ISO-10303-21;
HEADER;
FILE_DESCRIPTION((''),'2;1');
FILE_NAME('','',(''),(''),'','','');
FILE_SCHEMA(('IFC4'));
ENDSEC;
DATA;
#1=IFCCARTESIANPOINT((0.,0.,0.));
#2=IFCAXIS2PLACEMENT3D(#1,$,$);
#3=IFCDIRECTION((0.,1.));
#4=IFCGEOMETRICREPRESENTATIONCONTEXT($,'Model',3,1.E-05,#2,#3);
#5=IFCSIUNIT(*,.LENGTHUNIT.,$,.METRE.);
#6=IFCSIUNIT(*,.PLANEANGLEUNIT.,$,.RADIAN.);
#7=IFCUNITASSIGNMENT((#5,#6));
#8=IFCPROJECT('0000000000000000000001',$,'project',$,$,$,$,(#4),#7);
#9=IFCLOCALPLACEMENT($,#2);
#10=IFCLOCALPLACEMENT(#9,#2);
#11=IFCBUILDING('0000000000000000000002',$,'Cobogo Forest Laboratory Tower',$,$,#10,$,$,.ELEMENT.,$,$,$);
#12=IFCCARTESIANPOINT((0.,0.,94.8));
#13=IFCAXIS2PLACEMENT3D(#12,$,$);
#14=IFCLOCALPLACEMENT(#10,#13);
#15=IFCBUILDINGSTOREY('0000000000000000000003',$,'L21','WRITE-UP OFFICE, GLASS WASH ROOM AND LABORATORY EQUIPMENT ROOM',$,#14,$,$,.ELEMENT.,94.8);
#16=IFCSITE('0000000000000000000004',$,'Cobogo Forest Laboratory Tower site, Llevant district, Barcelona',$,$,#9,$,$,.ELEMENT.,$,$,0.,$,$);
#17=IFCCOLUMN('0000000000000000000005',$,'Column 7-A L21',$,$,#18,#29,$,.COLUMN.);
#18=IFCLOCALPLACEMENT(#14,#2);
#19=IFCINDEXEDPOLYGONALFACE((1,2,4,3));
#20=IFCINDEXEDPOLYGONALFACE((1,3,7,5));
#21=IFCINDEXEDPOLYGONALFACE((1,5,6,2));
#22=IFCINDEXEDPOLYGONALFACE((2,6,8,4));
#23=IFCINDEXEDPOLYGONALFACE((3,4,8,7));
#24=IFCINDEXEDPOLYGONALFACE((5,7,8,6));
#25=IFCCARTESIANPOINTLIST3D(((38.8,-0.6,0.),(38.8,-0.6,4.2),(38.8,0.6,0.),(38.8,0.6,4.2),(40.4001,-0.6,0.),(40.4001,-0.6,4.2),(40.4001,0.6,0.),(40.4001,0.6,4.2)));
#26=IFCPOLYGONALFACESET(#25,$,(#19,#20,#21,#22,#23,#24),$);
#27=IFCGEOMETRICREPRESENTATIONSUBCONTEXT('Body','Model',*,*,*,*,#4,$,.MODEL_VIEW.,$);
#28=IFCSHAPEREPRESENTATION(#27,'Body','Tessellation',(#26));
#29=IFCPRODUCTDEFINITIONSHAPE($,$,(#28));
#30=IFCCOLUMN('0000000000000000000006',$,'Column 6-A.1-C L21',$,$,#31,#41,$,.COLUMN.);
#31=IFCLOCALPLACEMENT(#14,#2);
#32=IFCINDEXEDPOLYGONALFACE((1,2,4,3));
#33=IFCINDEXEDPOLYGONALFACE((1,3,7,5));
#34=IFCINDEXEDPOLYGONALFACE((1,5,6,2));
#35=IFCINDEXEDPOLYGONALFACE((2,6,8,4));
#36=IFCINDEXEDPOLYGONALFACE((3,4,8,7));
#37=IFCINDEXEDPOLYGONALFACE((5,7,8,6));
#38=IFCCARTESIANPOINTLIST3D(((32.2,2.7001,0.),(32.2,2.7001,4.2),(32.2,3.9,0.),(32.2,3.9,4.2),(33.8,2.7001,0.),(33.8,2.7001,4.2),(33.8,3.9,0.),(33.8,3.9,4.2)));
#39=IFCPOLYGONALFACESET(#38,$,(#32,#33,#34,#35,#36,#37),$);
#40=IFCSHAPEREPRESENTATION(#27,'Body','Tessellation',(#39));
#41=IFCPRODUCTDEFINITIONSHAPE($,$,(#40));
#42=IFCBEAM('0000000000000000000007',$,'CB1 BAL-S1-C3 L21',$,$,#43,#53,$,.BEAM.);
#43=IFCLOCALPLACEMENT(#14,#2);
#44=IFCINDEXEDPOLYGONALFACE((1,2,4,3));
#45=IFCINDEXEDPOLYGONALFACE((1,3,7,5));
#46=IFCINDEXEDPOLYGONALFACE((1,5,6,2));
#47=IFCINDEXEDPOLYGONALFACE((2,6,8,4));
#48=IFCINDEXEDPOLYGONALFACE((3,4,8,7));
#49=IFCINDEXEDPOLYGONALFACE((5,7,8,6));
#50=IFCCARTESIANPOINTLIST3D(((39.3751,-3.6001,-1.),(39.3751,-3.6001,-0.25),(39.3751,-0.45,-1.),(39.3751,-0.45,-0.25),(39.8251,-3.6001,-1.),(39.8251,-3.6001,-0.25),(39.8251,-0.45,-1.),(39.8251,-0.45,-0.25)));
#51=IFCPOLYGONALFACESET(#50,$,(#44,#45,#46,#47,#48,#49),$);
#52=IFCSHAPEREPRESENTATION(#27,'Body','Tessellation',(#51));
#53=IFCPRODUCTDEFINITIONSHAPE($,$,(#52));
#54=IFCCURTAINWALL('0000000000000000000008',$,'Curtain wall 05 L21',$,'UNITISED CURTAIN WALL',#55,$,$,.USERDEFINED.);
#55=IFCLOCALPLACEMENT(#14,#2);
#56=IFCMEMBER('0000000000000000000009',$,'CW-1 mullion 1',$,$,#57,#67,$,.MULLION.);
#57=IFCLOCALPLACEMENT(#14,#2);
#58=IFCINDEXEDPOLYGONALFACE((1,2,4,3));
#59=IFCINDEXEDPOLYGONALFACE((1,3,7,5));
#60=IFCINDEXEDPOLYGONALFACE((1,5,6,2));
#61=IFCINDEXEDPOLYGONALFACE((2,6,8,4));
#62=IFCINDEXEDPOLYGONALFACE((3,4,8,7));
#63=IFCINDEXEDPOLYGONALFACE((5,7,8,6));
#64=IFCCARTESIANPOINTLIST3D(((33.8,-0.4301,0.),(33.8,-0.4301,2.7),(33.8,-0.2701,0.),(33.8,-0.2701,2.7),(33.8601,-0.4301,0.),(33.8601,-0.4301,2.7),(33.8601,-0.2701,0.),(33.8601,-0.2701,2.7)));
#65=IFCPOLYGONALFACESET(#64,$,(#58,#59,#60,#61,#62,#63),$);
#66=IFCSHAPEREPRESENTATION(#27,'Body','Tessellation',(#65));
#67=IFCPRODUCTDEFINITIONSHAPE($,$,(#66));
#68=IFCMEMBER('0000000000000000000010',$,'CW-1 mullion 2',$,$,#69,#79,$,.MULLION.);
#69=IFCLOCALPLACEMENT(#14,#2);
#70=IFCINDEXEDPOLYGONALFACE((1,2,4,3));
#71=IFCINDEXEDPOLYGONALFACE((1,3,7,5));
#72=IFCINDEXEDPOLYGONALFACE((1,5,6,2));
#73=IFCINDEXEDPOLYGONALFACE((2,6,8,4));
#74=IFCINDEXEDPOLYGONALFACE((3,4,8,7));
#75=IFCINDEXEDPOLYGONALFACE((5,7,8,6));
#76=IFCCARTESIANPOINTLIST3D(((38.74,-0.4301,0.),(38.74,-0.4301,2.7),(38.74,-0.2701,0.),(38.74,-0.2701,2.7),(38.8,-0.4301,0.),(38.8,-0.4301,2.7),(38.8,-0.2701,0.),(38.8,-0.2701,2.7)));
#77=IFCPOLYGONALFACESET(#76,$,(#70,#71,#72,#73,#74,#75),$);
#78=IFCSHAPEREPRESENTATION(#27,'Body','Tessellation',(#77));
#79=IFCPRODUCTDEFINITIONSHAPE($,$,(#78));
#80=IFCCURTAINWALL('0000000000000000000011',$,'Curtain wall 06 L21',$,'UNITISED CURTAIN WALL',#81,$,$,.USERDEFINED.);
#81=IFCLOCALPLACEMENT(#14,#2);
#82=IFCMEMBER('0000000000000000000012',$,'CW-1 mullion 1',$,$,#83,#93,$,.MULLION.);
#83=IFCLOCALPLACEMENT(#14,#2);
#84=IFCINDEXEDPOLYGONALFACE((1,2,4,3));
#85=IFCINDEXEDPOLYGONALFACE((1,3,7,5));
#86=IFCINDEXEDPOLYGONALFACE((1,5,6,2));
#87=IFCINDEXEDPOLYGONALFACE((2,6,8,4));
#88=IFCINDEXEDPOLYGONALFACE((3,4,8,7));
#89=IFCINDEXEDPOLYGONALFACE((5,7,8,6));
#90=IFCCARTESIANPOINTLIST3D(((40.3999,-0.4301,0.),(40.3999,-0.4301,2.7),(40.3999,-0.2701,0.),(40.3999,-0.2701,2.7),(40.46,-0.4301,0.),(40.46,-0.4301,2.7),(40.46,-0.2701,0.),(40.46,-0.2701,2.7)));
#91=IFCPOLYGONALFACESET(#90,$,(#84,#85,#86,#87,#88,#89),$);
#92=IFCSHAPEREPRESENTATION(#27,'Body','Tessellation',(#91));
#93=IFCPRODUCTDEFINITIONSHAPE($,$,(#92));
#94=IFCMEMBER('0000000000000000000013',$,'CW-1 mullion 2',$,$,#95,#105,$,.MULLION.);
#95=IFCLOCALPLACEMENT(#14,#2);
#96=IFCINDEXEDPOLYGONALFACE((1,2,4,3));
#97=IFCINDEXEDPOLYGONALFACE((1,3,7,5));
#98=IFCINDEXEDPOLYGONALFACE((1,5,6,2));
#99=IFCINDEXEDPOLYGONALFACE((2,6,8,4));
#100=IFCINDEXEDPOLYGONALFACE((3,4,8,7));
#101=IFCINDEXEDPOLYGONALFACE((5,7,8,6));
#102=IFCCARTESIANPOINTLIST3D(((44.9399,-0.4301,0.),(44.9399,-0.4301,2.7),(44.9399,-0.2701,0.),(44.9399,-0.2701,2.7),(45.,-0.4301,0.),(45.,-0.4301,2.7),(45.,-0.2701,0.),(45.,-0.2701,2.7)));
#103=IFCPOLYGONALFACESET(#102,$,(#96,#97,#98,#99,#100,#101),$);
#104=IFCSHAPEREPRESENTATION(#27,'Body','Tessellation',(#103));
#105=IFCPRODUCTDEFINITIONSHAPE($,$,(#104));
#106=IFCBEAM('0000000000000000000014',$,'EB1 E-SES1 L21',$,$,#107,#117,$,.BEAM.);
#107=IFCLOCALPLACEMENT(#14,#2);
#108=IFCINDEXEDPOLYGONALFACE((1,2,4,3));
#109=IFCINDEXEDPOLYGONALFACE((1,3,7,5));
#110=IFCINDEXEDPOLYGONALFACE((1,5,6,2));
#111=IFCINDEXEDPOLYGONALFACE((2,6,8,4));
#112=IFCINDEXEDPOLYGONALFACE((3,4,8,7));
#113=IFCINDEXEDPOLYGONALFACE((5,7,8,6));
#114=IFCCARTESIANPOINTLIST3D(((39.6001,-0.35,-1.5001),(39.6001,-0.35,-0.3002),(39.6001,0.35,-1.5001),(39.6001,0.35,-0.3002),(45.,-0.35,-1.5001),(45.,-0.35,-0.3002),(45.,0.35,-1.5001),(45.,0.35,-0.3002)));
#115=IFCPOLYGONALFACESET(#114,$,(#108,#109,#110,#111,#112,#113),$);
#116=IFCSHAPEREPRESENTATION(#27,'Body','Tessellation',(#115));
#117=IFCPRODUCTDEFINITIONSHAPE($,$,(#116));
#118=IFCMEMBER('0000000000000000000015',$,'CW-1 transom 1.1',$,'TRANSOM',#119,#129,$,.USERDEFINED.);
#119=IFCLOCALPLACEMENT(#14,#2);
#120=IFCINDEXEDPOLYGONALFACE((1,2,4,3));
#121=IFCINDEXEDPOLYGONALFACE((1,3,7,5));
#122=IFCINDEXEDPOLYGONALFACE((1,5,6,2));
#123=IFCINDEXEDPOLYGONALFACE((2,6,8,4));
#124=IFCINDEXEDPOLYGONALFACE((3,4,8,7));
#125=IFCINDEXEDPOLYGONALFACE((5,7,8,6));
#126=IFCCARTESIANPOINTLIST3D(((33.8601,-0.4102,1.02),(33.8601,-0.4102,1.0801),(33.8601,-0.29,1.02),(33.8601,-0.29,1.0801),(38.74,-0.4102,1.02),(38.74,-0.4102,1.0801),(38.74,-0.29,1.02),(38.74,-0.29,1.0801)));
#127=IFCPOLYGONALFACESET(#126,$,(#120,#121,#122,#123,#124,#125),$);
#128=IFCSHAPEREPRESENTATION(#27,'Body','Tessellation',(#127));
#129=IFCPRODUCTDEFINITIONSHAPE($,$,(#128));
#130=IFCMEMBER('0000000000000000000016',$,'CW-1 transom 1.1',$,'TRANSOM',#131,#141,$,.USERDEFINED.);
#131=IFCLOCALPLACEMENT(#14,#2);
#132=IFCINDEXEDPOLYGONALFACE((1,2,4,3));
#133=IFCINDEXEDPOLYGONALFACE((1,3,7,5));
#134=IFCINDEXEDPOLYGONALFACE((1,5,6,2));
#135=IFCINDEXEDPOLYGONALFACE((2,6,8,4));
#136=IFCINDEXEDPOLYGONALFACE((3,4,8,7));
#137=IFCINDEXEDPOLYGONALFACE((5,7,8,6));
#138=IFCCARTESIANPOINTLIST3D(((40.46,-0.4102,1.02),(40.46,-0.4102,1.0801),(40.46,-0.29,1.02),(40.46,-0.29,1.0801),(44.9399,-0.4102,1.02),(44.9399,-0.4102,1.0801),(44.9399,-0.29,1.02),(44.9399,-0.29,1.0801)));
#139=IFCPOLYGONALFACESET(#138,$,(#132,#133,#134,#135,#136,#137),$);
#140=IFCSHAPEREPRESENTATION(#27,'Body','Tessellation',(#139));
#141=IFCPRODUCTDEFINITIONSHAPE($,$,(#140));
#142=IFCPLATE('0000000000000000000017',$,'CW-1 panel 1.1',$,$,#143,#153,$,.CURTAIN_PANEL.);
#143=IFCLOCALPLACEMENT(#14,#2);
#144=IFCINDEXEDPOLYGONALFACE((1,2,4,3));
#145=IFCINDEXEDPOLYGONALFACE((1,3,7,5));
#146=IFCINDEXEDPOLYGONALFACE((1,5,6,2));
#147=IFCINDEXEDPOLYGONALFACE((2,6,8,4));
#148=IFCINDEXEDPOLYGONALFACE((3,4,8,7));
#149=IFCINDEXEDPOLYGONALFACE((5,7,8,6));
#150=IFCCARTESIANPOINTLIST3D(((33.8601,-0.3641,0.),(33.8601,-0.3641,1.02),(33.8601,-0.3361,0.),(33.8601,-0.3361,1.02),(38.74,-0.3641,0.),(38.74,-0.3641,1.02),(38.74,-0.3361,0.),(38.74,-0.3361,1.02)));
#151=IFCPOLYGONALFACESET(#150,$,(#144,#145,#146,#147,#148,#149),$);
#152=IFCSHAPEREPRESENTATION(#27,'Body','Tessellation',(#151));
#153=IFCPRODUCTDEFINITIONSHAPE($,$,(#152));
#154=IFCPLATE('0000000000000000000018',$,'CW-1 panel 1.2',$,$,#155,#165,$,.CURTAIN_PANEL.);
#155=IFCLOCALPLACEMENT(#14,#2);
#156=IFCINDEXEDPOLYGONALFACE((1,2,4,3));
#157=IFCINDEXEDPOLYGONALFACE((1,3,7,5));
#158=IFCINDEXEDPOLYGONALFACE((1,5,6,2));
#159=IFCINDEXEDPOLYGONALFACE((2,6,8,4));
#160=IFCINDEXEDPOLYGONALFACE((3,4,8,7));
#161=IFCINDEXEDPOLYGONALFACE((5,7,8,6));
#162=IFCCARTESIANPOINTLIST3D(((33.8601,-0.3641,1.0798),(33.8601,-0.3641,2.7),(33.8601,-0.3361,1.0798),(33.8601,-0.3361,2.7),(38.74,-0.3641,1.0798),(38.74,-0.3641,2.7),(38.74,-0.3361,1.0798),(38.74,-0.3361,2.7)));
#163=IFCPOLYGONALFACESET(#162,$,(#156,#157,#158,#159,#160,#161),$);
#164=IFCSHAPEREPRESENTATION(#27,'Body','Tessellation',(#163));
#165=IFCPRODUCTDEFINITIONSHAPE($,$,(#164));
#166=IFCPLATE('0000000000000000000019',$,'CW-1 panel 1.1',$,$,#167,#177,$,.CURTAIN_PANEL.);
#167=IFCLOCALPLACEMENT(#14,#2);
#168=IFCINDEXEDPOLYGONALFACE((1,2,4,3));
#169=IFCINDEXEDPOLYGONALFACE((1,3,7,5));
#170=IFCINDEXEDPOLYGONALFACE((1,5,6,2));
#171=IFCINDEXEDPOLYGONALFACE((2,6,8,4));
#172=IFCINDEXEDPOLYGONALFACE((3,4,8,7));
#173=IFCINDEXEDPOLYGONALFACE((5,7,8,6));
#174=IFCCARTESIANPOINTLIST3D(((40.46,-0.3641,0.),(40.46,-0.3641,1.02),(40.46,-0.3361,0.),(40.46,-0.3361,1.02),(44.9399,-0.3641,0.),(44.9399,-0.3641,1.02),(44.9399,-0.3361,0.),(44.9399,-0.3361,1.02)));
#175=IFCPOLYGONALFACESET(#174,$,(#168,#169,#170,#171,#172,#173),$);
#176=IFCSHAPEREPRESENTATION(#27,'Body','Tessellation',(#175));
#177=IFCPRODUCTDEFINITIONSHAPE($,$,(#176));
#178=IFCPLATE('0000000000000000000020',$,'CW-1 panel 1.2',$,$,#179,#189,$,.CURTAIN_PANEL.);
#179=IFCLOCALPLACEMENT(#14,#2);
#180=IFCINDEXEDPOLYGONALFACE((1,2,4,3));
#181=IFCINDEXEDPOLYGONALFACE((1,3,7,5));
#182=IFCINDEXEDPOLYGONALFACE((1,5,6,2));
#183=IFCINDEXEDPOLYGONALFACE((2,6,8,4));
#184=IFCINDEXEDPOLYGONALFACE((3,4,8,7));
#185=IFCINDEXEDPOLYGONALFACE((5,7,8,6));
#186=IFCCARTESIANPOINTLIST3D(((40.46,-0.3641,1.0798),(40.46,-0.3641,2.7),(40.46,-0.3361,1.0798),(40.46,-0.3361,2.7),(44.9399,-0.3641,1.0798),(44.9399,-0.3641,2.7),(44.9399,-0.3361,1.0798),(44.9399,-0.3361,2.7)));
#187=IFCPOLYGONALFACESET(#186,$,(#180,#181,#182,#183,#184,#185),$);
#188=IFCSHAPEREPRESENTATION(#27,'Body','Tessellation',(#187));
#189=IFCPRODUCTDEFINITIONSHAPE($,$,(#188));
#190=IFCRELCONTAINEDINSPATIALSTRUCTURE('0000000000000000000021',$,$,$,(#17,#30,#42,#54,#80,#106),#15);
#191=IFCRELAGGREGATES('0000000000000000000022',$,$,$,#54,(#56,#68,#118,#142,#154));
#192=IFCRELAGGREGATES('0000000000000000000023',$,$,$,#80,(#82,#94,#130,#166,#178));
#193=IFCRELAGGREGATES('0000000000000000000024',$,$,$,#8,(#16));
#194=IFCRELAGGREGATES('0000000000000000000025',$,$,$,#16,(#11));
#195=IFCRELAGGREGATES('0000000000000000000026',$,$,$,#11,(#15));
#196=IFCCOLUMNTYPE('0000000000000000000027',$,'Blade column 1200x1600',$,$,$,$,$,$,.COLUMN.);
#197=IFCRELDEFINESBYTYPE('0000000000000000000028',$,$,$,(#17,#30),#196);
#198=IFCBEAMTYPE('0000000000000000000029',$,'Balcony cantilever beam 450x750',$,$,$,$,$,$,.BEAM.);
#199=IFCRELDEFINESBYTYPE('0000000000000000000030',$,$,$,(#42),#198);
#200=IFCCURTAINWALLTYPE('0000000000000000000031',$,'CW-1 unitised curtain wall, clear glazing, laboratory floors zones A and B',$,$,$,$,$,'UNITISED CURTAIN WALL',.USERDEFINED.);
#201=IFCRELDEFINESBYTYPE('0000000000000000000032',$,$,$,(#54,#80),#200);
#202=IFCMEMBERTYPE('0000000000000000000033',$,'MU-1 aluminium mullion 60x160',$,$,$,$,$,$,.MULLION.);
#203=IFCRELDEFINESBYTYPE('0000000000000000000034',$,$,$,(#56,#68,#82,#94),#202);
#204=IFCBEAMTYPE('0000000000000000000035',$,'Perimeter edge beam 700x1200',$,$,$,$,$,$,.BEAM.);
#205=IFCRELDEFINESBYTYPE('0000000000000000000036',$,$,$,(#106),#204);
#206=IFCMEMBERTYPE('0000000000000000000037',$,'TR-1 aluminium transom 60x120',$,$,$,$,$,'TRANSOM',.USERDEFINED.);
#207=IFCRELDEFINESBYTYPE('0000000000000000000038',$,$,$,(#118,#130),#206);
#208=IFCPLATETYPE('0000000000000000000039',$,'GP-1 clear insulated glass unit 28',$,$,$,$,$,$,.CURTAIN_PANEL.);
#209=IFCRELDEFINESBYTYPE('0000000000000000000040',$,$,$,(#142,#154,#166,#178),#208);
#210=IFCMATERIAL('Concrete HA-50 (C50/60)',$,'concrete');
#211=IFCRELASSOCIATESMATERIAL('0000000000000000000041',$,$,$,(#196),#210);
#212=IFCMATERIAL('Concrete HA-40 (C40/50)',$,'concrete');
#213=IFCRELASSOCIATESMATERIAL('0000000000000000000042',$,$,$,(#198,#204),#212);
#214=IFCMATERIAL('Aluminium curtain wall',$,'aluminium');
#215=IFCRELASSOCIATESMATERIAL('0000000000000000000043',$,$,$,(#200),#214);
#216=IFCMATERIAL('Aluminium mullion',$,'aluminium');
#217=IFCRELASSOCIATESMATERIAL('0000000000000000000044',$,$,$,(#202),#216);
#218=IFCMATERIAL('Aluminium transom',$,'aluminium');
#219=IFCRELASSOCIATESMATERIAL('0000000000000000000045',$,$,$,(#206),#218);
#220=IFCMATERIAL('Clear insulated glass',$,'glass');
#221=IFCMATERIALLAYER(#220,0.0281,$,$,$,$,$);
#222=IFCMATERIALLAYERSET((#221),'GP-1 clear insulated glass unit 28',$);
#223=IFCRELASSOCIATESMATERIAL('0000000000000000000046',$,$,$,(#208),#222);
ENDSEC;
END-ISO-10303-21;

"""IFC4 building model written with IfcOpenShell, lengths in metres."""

from ifc_helpers import new_model, si_unit, direction, frame, origin, origin_2d, place, context, subcontext, project, spatial, rectangle, extrude, material, layer, layer_set, material_profile, profile_set, type_object, element, aggregate, save


model = new_model("IFC4")

# Units and contexts
model_context = context("Model", 3, precision=1e-05, world=origin(), true_north=direction((0.0, 1.0)))
body_context = subcontext(model_context, "Body", "Model", "MODEL_VIEW")
ifc_project = project(units=[si_unit("LENGTHUNIT", "METRE"), si_unit("PLANEANGLEUNIT", "RADIAN")], contexts=[model_context])

# Site, building, storey
site_placement = place(None, origin())
site = spatial("IfcSite", under=ifc_project, at=site_placement, Name="Cobogo Forest Laboratory Tower site, Llevant district, Barcelona", CompositionType="ELEMENT", RefElevation=0.0)
building_placement = place(site_placement, origin())
building = spatial("IfcBuilding", under=site, at=building_placement, Name="Cobogo Forest Laboratory Tower", CompositionType="ELEMENT")
storey_placement = place(building_placement, frame((0.0, 0.0, 94.8)))
storey = spatial("IfcBuildingStorey", under=building, at=storey_placement, Name="L21", Description="WRITE-UP OFFICE, GLASS WASH ROOM AND LABORATORY EQUIPMENT ROOM", CompositionType="ELEMENT", Elevation=94.8)

# Columns
ifc_material_1 = material(Name="Concrete HA-50 (C50/60)", Category="concrete")
ifc_material_profile_1 = material_profile(ifc_material_1, rectangle(XDim=1.6001, YDim=1.2, at=origin_2d()), Name="RC 1200x1600")
ifc_profile_set_1 = profile_set([ifc_material_profile_1], Name="Concrete HA-50 (C50/60)")
column_type = type_object("IfcColumnType", Name="Blade column 1200x1600", PredefinedType="COLUMN", material=ifc_profile_set_1)
for number, where, z_axis, x_axis, name in (
    (1, (39.6001, 0.0, 0.0), (0.0, 0.0, 1.0), (1.0, 0.0, 0.0), "Column 7-A L21"),
    (2, (33.0, 3.3, 0.0), (0.0, 0.0, 1.0), (1.0, 0.0, 0.0), "Column 6-A.1-C L21"),
):
    element("IfcColumn", number, at=place(storey_placement, frame(where, z_axis=z_axis, x_axis=x_axis)), inside=storey, type_object=column_type, Name=name, PredefinedType="COLUMN", context=body_context, shape_type="SweptSolid", body=[
        extrude(rectangle(XDim=1.6001, YDim=1.2, at=origin_2d()), origin(), (0.0, 0.0, 1.0), 4.2),
    ])

# Beam
ifc_material_2 = material(Name="Concrete HA-40 (C40/50)", Category="concrete")
ifc_material_profile_2 = material_profile(ifc_material_2, rectangle(XDim=0.45, YDim=0.75, at=origin_2d()), Name="RC 450x750")
ifc_profile_set_2 = profile_set([ifc_material_profile_2], Name="Concrete HA-40 (C40/50)")
beam_type_1 = type_object("IfcBeamType", Name="Balcony cantilever beam 450x750", PredefinedType="BEAM", material=ifc_profile_set_2)
beam_1_placement = place(storey_placement, frame((39.6001, -0.45, -0.625), z_axis=(0.0, -1.0, 0.0), x_axis=(1.0, 0.0, 0.0)))
element("IfcBeam", 3, at=beam_1_placement, inside=storey, type_object=beam_type_1, Name="CB1 BAL-S1-C3 L21", PredefinedType="BEAM", context=body_context, shape_type="SweptSolid", body=[
    extrude(rectangle(XDim=0.45, YDim=0.75, at=origin_2d()), origin(), (0.0, 0.0, 1.0), 3.1501),
])

# Curtain walls, members
ifc_material_3 = material(Name="Aluminium curtain wall", Category="aluminium")
curtain_wall_type = type_object("IfcCurtainWallType", Name="CW-1 unitised curtain wall, clear glazing, laboratory floors zones A and B", ElementType="UNITISED CURTAIN WALL", PredefinedType="USERDEFINED", material=ifc_material_3)
curtain_wall_1_placement = place(storey_placement, origin())
curtain_wall_1 = element("IfcCurtainWall", 4, at=curtain_wall_1_placement, inside=storey, type_object=curtain_wall_type, Name="Curtain wall 05 L21", ObjectType="UNITISED CURTAIN WALL", PredefinedType="USERDEFINED")
ifc_material_4 = material(Name="Aluminium mullion", Category="aluminium")
ifc_material_profile_3 = material_profile(ifc_material_4, rectangle(XDim=0.0601, YDim=0.1599, at=origin_2d()), Name="AL 60x160")
ifc_profile_set_3 = profile_set([ifc_material_profile_3], Name="Aluminium mullion")
member_type_1 = type_object("IfcMemberType", Name="MU-1 aluminium mullion 60x160", PredefinedType="MULLION", material=ifc_profile_set_3)
member_1_placement = place(storey_placement, frame((33.8301, -0.3501, 0.0), z_axis=(0.0, 0.0, 1.0), x_axis=(1.0, 0.0, 0.0)))
member_1 = element("IfcMember", 5, at=member_1_placement, type_object=member_type_1, Name="CW-1 mullion 1", PredefinedType="MULLION", context=body_context, shape_type="SweptSolid", body=[
    extrude(rectangle(XDim=0.0601, YDim=0.1599, at=origin_2d()), origin(), (0.0, 0.0, 1.0), 2.7),
])
member_2_placement = place(storey_placement, frame((38.77, -0.3501, 0.0), z_axis=(0.0, 0.0, 1.0), x_axis=(1.0, 0.0, 0.0)))
member_2 = element("IfcMember", 6, at=member_2_placement, type_object=member_type_1, Name="CW-1 mullion 2", PredefinedType="MULLION", context=body_context, shape_type="SweptSolid", body=[
    extrude(rectangle(XDim=0.0601, YDim=0.1599, at=origin_2d()), origin(), (0.0, 0.0, 1.0), 2.7),
])
curtain_wall_2_placement = place(storey_placement, origin())
curtain_wall_2 = element("IfcCurtainWall", 7, at=curtain_wall_2_placement, inside=storey, type_object=curtain_wall_type, Name="Curtain wall 06 L21", ObjectType="UNITISED CURTAIN WALL", PredefinedType="USERDEFINED")
member_3_placement = place(storey_placement, frame((40.4299, -0.3501, 0.0), z_axis=(0.0, 0.0, 1.0), x_axis=(1.0, 0.0, 0.0)))
member_3 = element("IfcMember", 8, at=member_3_placement, type_object=member_type_1, Name="CW-1 mullion 1", PredefinedType="MULLION", context=body_context, shape_type="SweptSolid", body=[
    extrude(rectangle(XDim=0.0601, YDim=0.1599, at=origin_2d()), origin(), (0.0, 0.0, 1.0), 2.7),
])
member_4_placement = place(storey_placement, frame((44.97, -0.3501, 0.0), z_axis=(0.0, 0.0, 1.0), x_axis=(1.0, 0.0, 0.0)))
member_4 = element("IfcMember", 9, at=member_4_placement, type_object=member_type_1, Name="CW-1 mullion 2", PredefinedType="MULLION", context=body_context, shape_type="SweptSolid", body=[
    extrude(rectangle(XDim=0.0601, YDim=0.1599, at=origin_2d()), origin(), (0.0, 0.0, 1.0), 2.7),
])

# Beam
ifc_material_profile_4 = material_profile(ifc_material_2, rectangle(XDim=0.7, YDim=1.2, at=origin_2d()), Name="RC 700x1200")
ifc_profile_set_4 = profile_set([ifc_material_profile_4], Name="Concrete HA-40 (C40/50)")
beam_type_2 = type_object("IfcBeamType", Name="Perimeter edge beam 700x1200", PredefinedType="BEAM", material=ifc_profile_set_4)
beam_2_placement = place(storey_placement, frame((39.6001, 0.0, -0.9001), z_axis=(1.0, 0.0, 0.0), x_axis=(0.0, 1.0, 0.0)))
element("IfcBeam", 10, at=beam_2_placement, inside=storey, type_object=beam_type_2, Name="EB1 E-SES1 L21", PredefinedType="BEAM", context=body_context, shape_type="SweptSolid", body=[
    extrude(rectangle(XDim=0.7, YDim=1.2, at=origin_2d()), origin(), (0.0, 0.0, 1.0), 5.3999),
])

# Members
ifc_material_5 = material(Name="Aluminium transom", Category="aluminium")
ifc_material_profile_5 = material_profile(ifc_material_5, rectangle(XDim=0.1201, YDim=0.0601, at=origin_2d()), Name="AL 60x120")
ifc_profile_set_5 = profile_set([ifc_material_profile_5], Name="Aluminium transom")
member_type_2 = type_object("IfcMemberType", Name="TR-1 aluminium transom 60x120", ElementType="TRANSOM", PredefinedType="USERDEFINED", material=ifc_profile_set_5)
member_5_placement = place(storey_placement, frame((33.8601, -0.3501, 1.05), z_axis=(1.0, 0.0, 0.0), x_axis=(0.0, 1.0, 0.0)))
member_5 = element("IfcMember", 11, at=member_5_placement, type_object=member_type_2, Name="CW-1 transom 1.1", ObjectType="TRANSOM", PredefinedType="USERDEFINED", context=body_context, shape_type="SweptSolid", body=[
    extrude(rectangle(XDim=0.1201, YDim=0.0601, at=origin_2d()), origin(), (0.0, 0.0, 1.0), 4.8799),
])
member_6_placement = place(storey_placement, frame((40.46, -0.3501, 1.05), z_axis=(1.0, 0.0, 0.0), x_axis=(0.0, 1.0, 0.0)))
member_6 = element("IfcMember", 12, at=member_6_placement, type_object=member_type_2, Name="CW-1 transom 1.1", ObjectType="TRANSOM", PredefinedType="USERDEFINED", context=body_context, shape_type="SweptSolid", body=[
    extrude(rectangle(XDim=0.1201, YDim=0.0601, at=origin_2d()), origin(), (0.0, 0.0, 1.0), 4.48),
])

# Plates
ifc_material_6 = material(Name="Clear insulated glass", Category="glass")
ifc_layer_1 = layer(ifc_material_6, 0.0281)
ifc_layer_set_1 = layer_set([ifc_layer_1], Name="GP-1 clear insulated glass unit 28")
plate_type = type_object("IfcPlateType", Name="GP-1 clear insulated glass unit 28", PredefinedType="CURTAIN_PANEL", material=ifc_layer_set_1)
plate_1_placement = place(storey_placement, frame((36.3, -0.3501, 0.0), z_axis=(0.0, 0.0, 1.0), x_axis=(1.0, 0.0, 0.0)))
plate_1 = element("IfcPlate", 13, at=plate_1_placement, type_object=plate_type, Name="CW-1 panel 1.1", PredefinedType="CURTAIN_PANEL", context=body_context, shape_type="SweptSolid", body=[
    extrude(rectangle(XDim=4.8799, YDim=0.0281, at=origin_2d()), origin(), (0.0, 0.0, 1.0), 1.02),
])
plate_2_placement = place(storey_placement, frame((36.3, -0.3501, 1.0798), z_axis=(0.0, 0.0, 1.0), x_axis=(1.0, 0.0, 0.0)))
plate_2 = element("IfcPlate", 14, at=plate_2_placement, type_object=plate_type, Name="CW-1 panel 1.2", PredefinedType="CURTAIN_PANEL", context=body_context, shape_type="SweptSolid", body=[
    extrude(rectangle(XDim=4.8799, YDim=0.0281, at=origin_2d()), origin(), (0.0, 0.0, 1.0), 1.6201),
])
aggregate(curtain_wall_1, [member_1, member_2, member_5, plate_1, plate_2])
plate_3_placement = place(storey_placement, frame((42.7, -0.3501, 0.0), z_axis=(0.0, 0.0, 1.0), x_axis=(1.0, 0.0, 0.0)))
plate_3 = element("IfcPlate", 15, at=plate_3_placement, type_object=plate_type, Name="CW-1 panel 1.1", PredefinedType="CURTAIN_PANEL", context=body_context, shape_type="SweptSolid", body=[
    extrude(rectangle(XDim=4.48, YDim=0.0281, at=origin_2d()), origin(), (0.0, 0.0, 1.0), 1.02),
])
plate_4_placement = place(storey_placement, frame((42.7, -0.3501, 1.0798), z_axis=(0.0, 0.0, 1.0), x_axis=(1.0, 0.0, 0.0)))
plate_4 = element("IfcPlate", 16, at=plate_4_placement, type_object=plate_type, Name="CW-1 panel 1.2", PredefinedType="CURTAIN_PANEL", context=body_context, shape_type="SweptSolid", body=[
    extrude(rectangle(XDim=4.48, YDim=0.0281, at=origin_2d()), origin(), (0.0, 0.0, 1.0), 1.6201),
])
aggregate(curtain_wall_2, [member_3, member_4, member_6, plate_3, plate_4])

save(model, "model.ifc")
